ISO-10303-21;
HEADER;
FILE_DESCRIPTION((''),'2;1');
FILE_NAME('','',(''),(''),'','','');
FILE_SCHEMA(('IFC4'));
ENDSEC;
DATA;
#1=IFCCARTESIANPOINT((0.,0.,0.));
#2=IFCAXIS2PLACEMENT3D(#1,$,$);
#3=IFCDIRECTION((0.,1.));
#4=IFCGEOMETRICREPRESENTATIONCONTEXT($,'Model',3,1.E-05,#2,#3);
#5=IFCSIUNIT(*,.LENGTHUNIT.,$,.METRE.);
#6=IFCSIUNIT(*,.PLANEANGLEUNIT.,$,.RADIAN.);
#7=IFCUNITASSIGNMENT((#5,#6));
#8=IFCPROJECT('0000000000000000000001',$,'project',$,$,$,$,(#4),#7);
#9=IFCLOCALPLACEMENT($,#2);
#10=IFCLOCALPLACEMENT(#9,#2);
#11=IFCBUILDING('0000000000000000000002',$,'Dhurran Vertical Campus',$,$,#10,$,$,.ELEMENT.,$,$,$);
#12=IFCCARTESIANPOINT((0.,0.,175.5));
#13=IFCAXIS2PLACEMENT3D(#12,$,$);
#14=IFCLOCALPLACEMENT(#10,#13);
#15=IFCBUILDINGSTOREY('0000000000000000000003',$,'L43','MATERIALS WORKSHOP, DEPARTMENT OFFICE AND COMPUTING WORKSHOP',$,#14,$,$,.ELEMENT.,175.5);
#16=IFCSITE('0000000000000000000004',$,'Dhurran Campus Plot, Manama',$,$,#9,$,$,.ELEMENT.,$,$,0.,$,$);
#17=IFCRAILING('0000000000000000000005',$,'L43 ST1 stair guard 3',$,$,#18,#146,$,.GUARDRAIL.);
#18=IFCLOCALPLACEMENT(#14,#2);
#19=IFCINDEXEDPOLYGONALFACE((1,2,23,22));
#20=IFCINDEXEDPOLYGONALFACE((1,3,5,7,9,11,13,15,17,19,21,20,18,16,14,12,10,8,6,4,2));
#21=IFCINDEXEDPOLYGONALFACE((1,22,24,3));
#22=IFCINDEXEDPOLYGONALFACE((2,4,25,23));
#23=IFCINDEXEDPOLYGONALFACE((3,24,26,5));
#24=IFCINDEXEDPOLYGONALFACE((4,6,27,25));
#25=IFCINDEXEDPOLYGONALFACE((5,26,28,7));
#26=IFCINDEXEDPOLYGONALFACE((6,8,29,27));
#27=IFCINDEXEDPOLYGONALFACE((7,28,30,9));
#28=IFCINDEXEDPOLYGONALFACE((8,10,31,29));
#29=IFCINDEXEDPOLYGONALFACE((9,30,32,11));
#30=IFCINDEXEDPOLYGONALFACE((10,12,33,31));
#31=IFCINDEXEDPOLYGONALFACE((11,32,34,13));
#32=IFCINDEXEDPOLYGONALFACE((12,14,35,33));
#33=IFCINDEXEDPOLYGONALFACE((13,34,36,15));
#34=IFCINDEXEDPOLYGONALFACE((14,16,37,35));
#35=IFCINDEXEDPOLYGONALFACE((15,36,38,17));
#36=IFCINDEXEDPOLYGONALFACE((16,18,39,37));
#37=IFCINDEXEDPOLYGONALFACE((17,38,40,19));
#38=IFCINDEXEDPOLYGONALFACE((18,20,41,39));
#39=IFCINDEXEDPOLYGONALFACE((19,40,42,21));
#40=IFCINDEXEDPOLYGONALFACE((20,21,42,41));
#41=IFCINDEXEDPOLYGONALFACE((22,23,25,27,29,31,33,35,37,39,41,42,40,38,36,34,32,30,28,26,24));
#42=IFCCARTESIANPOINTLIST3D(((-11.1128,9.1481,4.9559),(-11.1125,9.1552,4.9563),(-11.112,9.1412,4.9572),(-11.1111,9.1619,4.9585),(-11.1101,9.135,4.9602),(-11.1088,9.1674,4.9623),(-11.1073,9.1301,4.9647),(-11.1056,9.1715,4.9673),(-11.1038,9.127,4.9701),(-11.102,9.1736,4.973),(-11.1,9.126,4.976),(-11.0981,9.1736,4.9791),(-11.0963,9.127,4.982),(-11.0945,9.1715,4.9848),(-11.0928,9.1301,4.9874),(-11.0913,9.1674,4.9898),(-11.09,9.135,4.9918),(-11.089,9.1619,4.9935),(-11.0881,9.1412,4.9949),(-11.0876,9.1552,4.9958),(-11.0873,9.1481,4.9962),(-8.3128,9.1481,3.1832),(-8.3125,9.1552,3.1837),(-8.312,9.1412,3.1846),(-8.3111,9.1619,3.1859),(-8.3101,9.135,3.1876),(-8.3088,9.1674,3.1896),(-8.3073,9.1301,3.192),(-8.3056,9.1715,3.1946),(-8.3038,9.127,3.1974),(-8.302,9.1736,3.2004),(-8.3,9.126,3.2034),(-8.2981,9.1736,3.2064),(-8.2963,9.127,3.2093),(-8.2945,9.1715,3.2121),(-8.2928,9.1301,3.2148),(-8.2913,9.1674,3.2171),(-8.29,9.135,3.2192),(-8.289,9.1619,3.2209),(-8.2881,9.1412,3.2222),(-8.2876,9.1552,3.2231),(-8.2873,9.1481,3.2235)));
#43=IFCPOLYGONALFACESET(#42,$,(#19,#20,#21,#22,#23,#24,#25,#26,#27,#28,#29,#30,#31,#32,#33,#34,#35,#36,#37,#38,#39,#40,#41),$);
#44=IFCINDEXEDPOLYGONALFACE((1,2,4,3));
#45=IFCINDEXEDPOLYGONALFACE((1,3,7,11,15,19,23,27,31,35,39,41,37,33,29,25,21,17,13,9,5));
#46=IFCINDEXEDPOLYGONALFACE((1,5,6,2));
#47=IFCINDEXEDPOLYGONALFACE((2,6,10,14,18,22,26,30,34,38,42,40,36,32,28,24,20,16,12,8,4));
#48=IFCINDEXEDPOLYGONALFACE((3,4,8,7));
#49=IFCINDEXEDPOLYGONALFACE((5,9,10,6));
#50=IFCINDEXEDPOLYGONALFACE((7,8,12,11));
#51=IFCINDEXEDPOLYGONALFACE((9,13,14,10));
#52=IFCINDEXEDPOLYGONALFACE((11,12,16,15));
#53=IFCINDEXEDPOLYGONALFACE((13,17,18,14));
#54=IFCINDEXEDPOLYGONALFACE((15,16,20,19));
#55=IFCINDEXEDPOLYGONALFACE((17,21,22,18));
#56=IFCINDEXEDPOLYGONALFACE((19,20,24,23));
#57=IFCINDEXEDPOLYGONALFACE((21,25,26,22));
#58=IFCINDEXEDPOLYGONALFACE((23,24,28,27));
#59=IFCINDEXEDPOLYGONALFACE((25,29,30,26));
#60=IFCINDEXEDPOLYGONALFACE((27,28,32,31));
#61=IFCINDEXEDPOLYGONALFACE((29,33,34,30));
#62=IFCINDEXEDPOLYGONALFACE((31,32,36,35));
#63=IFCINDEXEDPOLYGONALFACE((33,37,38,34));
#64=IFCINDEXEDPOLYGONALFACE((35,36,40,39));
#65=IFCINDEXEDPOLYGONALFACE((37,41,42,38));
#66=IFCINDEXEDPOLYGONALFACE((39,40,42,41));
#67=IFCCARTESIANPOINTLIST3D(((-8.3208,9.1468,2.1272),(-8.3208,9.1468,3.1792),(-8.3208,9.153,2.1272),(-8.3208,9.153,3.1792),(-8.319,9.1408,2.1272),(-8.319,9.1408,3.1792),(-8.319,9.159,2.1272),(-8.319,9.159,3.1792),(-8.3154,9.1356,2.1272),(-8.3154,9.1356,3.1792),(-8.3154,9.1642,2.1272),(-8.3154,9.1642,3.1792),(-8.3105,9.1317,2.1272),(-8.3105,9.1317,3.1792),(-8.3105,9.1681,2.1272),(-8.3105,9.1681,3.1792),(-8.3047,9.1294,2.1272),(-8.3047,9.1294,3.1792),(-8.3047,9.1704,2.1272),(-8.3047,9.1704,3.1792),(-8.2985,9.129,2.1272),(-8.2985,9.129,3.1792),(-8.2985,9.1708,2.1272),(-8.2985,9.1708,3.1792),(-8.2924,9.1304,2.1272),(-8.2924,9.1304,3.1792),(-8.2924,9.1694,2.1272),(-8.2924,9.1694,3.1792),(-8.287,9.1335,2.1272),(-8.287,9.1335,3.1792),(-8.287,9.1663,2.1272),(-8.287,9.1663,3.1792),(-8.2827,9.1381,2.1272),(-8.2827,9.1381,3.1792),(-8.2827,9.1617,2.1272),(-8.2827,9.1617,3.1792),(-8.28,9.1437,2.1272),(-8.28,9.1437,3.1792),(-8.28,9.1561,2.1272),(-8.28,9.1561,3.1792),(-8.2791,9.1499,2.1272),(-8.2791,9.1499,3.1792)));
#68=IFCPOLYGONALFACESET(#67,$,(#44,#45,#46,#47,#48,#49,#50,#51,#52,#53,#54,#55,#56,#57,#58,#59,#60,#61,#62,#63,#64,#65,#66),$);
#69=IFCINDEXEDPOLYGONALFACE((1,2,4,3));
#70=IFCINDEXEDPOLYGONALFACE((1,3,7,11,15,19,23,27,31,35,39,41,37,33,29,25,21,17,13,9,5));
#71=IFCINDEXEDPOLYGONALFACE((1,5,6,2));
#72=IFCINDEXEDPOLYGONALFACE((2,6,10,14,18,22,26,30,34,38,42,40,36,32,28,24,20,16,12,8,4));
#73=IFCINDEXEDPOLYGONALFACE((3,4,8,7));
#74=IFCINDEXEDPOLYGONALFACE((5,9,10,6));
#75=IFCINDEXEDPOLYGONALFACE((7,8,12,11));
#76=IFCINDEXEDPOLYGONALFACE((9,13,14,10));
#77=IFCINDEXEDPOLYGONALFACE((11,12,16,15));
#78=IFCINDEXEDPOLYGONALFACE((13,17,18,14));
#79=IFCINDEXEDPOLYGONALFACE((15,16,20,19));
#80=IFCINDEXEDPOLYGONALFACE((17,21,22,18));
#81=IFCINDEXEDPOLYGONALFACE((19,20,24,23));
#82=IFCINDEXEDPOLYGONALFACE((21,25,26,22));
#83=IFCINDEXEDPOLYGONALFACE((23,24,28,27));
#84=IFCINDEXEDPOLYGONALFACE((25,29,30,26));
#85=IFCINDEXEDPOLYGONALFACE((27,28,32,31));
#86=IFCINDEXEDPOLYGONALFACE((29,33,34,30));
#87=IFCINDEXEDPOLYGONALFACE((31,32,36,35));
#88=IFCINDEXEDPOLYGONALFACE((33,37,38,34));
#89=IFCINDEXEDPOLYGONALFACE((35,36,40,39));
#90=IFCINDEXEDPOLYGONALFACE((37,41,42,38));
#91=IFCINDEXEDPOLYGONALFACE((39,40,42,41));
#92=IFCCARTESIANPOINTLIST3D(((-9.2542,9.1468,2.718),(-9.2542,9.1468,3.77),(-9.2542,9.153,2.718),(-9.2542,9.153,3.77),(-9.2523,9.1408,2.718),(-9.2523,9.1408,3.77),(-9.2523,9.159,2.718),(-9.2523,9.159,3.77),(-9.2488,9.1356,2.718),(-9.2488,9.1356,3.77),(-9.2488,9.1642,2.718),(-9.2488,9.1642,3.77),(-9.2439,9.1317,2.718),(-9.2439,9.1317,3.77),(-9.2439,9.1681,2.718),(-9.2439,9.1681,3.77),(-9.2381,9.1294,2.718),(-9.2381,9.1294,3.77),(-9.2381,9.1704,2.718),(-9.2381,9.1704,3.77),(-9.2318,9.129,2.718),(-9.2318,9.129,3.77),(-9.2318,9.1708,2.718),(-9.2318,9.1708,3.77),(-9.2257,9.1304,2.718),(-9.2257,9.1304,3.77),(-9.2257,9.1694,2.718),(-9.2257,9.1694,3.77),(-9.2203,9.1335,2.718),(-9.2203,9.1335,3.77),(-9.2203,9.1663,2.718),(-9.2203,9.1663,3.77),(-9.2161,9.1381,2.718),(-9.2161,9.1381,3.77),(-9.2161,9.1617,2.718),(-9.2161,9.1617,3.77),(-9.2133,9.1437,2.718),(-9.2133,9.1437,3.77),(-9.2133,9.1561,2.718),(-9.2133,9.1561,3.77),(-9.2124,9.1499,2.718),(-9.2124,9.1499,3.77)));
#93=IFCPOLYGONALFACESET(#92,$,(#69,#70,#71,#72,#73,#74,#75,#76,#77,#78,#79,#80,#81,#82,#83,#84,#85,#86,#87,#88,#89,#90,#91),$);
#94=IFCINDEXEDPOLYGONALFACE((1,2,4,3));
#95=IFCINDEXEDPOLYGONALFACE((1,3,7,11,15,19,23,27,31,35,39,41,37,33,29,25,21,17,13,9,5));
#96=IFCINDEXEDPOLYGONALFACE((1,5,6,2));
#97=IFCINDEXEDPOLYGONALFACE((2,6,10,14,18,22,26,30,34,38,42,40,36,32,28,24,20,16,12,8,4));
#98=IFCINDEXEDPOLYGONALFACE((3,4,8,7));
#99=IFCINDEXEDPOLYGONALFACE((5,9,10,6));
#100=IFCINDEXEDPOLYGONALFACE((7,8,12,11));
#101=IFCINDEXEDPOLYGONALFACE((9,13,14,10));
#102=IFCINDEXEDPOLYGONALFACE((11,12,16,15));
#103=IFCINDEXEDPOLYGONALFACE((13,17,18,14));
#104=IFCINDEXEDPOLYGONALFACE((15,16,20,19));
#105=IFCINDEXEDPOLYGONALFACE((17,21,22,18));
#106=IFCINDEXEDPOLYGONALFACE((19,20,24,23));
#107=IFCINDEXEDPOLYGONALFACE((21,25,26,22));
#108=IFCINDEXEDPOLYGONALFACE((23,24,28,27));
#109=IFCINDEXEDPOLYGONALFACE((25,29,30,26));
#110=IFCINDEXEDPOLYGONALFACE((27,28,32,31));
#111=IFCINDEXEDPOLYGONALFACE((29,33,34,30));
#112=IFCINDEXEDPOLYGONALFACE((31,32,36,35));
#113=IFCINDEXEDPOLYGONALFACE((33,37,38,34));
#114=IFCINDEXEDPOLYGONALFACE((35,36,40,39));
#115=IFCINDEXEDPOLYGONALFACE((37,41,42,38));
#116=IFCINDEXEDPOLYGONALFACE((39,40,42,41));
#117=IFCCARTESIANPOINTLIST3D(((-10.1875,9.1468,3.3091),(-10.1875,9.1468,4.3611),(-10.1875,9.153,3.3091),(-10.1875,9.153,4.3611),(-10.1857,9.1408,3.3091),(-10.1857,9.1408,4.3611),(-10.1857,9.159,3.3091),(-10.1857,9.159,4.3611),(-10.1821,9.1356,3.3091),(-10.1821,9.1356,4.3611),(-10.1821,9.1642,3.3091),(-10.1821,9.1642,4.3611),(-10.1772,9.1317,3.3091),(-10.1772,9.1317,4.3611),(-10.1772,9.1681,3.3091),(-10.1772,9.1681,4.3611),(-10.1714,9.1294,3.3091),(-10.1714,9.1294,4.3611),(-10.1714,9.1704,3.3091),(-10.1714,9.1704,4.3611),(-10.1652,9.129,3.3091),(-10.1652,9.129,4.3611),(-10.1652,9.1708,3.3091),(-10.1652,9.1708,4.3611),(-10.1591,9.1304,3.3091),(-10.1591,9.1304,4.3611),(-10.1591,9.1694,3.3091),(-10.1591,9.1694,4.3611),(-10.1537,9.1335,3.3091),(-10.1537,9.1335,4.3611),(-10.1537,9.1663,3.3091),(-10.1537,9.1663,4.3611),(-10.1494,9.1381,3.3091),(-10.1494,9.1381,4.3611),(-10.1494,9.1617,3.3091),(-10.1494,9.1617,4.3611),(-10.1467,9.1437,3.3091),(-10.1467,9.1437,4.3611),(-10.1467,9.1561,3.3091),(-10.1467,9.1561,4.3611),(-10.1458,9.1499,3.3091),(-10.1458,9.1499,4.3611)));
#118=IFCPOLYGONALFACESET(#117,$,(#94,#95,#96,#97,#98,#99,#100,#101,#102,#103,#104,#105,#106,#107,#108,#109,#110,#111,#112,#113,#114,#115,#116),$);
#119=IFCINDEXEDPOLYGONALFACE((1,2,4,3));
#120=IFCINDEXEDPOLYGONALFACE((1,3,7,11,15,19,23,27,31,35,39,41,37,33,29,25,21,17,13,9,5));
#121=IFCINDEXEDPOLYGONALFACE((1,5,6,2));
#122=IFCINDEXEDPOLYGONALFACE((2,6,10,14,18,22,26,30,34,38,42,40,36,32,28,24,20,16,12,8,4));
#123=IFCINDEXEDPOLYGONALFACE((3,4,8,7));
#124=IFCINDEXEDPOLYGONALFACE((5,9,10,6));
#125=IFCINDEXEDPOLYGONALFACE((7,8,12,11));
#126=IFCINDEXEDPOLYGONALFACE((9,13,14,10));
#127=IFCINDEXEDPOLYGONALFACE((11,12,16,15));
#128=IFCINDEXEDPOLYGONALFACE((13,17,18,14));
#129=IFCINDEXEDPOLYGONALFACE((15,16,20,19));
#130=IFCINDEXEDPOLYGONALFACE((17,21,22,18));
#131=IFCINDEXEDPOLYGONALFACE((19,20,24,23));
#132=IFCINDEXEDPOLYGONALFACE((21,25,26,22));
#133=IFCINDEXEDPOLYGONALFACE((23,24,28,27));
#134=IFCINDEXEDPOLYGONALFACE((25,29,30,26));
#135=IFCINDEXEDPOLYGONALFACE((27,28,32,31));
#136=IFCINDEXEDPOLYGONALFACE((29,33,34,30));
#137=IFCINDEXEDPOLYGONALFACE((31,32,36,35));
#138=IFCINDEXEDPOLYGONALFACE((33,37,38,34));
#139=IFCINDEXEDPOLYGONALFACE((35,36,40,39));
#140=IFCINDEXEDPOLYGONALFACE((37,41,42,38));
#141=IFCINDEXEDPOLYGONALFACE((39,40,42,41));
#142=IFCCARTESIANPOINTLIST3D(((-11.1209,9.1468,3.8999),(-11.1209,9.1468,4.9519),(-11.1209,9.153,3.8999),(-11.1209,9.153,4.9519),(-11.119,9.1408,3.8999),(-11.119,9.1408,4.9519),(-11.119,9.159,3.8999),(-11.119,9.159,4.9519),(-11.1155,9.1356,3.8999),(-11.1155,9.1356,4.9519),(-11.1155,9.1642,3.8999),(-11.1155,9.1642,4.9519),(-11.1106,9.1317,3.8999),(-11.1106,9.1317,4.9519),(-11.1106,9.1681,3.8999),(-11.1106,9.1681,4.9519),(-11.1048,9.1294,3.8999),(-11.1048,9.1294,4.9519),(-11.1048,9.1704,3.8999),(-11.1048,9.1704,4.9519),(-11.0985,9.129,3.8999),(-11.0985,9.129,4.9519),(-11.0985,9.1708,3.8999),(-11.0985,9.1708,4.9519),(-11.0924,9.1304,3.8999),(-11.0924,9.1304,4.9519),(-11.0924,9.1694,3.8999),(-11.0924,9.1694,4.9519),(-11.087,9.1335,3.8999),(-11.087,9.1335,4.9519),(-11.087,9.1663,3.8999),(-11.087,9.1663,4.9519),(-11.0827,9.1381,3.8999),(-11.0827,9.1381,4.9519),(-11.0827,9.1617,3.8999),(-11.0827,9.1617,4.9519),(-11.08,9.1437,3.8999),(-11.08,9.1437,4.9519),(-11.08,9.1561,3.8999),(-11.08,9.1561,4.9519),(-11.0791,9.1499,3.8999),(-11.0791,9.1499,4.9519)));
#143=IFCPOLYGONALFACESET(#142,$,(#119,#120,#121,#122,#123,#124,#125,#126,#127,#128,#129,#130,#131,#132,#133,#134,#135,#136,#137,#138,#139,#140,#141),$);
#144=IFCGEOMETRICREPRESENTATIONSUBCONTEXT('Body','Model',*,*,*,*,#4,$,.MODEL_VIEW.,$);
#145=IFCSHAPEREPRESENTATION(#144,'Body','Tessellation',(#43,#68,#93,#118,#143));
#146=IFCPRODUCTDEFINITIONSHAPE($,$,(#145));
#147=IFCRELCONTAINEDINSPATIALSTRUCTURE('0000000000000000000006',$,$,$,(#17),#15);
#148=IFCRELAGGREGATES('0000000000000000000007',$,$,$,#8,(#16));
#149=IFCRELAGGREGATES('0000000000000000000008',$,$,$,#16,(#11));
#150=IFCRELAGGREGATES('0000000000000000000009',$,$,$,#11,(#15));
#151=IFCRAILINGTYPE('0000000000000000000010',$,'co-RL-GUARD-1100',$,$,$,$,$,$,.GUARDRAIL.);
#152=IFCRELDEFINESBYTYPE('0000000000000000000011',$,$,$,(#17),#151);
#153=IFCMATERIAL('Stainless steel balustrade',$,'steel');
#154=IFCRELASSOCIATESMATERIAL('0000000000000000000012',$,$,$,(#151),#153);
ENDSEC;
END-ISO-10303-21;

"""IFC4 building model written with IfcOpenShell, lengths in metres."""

from ifc_helpers import new_model, si_unit, direction, frame, origin, origin_2d, place, context, subcontext, project, spatial, circle, extrude, material, type_object, element, save


model = new_model("IFC4")

# Units and contexts
model_context = context("Model", 3, precision=1e-05, world=origin(), true_north=direction((0.0, 1.0)))
body_context = subcontext(model_context, "Body", "Model", "MODEL_VIEW")
ifc_project = project(units=[si_unit("LENGTHUNIT", "METRE"), si_unit("PLANEANGLEUNIT", "RADIAN")], contexts=[model_context])

# Site, building, storey
site_placement = place(None, origin())
site = spatial("IfcSite", under=ifc_project, at=site_placement, Name="Dhurran Campus Plot, Manama", CompositionType="ELEMENT", RefElevation=0.0)
building_placement = place(site_placement, origin())
building = spatial("IfcBuilding", under=site, at=building_placement, Name="Dhurran Vertical Campus", CompositionType="ELEMENT")
storey_placement = place(building_placement, frame((0.0, 0.0, 175.5)))
storey = spatial("IfcBuildingStorey", under=building, at=storey_placement, Name="L43", Description="MATERIALS WORKSHOP, DEPARTMENT OFFICE AND COMPUTING WORKSHOP", CompositionType="ELEMENT", Elevation=175.5)

# Railing
ifc_material_1 = material(Name="Stainless steel balustrade", Category="steel")
railing_type_1 = type_object("IfcRailingType", Name="co-RL-GUARD-1100", PredefinedType="GUARDRAIL", material=ifc_material_1)
railing_1_placement = place(storey_placement, frame((-8.3, 9.1499, 2.1272)))
element("IfcRailing", 1, at=railing_1_placement, inside=storey, type_object=railing_type_1, Name="L43 ST1 stair guard 3", PredefinedType="GUARDRAIL", context=body_context, shape_type="SweptSolid", body=[
    extrude(circle(Radius=0.0239, at=origin_2d()), frame((0.0, 0.0, 1.0762), z_axis=(-0.844909, 0.0, 0.53491), x_axis=(0.0, -1.0, 0.0)), (0.0, 0.0, 1.0), 3.314),
    extrude(circle(Radius=0.021, at=origin_2d()), origin(), (0.0, 0.0, 1.0), 1.052),
    extrude(circle(Radius=0.021, at=origin_2d()), frame((-0.9333, 0.0, 0.5908)), (0.0, 0.0, 1.0), 1.052),
    extrude(circle(Radius=0.021, at=origin_2d()), frame((-1.8667, 0.0, 1.1819)), (0.0, 0.0, 1.0), 1.052),
    extrude(circle(Radius=0.021, at=origin_2d()), frame((-2.8, 0.0, 1.7727)), (0.0, 0.0, 1.0), 1.052),
])

save(model, "model.ifc")
